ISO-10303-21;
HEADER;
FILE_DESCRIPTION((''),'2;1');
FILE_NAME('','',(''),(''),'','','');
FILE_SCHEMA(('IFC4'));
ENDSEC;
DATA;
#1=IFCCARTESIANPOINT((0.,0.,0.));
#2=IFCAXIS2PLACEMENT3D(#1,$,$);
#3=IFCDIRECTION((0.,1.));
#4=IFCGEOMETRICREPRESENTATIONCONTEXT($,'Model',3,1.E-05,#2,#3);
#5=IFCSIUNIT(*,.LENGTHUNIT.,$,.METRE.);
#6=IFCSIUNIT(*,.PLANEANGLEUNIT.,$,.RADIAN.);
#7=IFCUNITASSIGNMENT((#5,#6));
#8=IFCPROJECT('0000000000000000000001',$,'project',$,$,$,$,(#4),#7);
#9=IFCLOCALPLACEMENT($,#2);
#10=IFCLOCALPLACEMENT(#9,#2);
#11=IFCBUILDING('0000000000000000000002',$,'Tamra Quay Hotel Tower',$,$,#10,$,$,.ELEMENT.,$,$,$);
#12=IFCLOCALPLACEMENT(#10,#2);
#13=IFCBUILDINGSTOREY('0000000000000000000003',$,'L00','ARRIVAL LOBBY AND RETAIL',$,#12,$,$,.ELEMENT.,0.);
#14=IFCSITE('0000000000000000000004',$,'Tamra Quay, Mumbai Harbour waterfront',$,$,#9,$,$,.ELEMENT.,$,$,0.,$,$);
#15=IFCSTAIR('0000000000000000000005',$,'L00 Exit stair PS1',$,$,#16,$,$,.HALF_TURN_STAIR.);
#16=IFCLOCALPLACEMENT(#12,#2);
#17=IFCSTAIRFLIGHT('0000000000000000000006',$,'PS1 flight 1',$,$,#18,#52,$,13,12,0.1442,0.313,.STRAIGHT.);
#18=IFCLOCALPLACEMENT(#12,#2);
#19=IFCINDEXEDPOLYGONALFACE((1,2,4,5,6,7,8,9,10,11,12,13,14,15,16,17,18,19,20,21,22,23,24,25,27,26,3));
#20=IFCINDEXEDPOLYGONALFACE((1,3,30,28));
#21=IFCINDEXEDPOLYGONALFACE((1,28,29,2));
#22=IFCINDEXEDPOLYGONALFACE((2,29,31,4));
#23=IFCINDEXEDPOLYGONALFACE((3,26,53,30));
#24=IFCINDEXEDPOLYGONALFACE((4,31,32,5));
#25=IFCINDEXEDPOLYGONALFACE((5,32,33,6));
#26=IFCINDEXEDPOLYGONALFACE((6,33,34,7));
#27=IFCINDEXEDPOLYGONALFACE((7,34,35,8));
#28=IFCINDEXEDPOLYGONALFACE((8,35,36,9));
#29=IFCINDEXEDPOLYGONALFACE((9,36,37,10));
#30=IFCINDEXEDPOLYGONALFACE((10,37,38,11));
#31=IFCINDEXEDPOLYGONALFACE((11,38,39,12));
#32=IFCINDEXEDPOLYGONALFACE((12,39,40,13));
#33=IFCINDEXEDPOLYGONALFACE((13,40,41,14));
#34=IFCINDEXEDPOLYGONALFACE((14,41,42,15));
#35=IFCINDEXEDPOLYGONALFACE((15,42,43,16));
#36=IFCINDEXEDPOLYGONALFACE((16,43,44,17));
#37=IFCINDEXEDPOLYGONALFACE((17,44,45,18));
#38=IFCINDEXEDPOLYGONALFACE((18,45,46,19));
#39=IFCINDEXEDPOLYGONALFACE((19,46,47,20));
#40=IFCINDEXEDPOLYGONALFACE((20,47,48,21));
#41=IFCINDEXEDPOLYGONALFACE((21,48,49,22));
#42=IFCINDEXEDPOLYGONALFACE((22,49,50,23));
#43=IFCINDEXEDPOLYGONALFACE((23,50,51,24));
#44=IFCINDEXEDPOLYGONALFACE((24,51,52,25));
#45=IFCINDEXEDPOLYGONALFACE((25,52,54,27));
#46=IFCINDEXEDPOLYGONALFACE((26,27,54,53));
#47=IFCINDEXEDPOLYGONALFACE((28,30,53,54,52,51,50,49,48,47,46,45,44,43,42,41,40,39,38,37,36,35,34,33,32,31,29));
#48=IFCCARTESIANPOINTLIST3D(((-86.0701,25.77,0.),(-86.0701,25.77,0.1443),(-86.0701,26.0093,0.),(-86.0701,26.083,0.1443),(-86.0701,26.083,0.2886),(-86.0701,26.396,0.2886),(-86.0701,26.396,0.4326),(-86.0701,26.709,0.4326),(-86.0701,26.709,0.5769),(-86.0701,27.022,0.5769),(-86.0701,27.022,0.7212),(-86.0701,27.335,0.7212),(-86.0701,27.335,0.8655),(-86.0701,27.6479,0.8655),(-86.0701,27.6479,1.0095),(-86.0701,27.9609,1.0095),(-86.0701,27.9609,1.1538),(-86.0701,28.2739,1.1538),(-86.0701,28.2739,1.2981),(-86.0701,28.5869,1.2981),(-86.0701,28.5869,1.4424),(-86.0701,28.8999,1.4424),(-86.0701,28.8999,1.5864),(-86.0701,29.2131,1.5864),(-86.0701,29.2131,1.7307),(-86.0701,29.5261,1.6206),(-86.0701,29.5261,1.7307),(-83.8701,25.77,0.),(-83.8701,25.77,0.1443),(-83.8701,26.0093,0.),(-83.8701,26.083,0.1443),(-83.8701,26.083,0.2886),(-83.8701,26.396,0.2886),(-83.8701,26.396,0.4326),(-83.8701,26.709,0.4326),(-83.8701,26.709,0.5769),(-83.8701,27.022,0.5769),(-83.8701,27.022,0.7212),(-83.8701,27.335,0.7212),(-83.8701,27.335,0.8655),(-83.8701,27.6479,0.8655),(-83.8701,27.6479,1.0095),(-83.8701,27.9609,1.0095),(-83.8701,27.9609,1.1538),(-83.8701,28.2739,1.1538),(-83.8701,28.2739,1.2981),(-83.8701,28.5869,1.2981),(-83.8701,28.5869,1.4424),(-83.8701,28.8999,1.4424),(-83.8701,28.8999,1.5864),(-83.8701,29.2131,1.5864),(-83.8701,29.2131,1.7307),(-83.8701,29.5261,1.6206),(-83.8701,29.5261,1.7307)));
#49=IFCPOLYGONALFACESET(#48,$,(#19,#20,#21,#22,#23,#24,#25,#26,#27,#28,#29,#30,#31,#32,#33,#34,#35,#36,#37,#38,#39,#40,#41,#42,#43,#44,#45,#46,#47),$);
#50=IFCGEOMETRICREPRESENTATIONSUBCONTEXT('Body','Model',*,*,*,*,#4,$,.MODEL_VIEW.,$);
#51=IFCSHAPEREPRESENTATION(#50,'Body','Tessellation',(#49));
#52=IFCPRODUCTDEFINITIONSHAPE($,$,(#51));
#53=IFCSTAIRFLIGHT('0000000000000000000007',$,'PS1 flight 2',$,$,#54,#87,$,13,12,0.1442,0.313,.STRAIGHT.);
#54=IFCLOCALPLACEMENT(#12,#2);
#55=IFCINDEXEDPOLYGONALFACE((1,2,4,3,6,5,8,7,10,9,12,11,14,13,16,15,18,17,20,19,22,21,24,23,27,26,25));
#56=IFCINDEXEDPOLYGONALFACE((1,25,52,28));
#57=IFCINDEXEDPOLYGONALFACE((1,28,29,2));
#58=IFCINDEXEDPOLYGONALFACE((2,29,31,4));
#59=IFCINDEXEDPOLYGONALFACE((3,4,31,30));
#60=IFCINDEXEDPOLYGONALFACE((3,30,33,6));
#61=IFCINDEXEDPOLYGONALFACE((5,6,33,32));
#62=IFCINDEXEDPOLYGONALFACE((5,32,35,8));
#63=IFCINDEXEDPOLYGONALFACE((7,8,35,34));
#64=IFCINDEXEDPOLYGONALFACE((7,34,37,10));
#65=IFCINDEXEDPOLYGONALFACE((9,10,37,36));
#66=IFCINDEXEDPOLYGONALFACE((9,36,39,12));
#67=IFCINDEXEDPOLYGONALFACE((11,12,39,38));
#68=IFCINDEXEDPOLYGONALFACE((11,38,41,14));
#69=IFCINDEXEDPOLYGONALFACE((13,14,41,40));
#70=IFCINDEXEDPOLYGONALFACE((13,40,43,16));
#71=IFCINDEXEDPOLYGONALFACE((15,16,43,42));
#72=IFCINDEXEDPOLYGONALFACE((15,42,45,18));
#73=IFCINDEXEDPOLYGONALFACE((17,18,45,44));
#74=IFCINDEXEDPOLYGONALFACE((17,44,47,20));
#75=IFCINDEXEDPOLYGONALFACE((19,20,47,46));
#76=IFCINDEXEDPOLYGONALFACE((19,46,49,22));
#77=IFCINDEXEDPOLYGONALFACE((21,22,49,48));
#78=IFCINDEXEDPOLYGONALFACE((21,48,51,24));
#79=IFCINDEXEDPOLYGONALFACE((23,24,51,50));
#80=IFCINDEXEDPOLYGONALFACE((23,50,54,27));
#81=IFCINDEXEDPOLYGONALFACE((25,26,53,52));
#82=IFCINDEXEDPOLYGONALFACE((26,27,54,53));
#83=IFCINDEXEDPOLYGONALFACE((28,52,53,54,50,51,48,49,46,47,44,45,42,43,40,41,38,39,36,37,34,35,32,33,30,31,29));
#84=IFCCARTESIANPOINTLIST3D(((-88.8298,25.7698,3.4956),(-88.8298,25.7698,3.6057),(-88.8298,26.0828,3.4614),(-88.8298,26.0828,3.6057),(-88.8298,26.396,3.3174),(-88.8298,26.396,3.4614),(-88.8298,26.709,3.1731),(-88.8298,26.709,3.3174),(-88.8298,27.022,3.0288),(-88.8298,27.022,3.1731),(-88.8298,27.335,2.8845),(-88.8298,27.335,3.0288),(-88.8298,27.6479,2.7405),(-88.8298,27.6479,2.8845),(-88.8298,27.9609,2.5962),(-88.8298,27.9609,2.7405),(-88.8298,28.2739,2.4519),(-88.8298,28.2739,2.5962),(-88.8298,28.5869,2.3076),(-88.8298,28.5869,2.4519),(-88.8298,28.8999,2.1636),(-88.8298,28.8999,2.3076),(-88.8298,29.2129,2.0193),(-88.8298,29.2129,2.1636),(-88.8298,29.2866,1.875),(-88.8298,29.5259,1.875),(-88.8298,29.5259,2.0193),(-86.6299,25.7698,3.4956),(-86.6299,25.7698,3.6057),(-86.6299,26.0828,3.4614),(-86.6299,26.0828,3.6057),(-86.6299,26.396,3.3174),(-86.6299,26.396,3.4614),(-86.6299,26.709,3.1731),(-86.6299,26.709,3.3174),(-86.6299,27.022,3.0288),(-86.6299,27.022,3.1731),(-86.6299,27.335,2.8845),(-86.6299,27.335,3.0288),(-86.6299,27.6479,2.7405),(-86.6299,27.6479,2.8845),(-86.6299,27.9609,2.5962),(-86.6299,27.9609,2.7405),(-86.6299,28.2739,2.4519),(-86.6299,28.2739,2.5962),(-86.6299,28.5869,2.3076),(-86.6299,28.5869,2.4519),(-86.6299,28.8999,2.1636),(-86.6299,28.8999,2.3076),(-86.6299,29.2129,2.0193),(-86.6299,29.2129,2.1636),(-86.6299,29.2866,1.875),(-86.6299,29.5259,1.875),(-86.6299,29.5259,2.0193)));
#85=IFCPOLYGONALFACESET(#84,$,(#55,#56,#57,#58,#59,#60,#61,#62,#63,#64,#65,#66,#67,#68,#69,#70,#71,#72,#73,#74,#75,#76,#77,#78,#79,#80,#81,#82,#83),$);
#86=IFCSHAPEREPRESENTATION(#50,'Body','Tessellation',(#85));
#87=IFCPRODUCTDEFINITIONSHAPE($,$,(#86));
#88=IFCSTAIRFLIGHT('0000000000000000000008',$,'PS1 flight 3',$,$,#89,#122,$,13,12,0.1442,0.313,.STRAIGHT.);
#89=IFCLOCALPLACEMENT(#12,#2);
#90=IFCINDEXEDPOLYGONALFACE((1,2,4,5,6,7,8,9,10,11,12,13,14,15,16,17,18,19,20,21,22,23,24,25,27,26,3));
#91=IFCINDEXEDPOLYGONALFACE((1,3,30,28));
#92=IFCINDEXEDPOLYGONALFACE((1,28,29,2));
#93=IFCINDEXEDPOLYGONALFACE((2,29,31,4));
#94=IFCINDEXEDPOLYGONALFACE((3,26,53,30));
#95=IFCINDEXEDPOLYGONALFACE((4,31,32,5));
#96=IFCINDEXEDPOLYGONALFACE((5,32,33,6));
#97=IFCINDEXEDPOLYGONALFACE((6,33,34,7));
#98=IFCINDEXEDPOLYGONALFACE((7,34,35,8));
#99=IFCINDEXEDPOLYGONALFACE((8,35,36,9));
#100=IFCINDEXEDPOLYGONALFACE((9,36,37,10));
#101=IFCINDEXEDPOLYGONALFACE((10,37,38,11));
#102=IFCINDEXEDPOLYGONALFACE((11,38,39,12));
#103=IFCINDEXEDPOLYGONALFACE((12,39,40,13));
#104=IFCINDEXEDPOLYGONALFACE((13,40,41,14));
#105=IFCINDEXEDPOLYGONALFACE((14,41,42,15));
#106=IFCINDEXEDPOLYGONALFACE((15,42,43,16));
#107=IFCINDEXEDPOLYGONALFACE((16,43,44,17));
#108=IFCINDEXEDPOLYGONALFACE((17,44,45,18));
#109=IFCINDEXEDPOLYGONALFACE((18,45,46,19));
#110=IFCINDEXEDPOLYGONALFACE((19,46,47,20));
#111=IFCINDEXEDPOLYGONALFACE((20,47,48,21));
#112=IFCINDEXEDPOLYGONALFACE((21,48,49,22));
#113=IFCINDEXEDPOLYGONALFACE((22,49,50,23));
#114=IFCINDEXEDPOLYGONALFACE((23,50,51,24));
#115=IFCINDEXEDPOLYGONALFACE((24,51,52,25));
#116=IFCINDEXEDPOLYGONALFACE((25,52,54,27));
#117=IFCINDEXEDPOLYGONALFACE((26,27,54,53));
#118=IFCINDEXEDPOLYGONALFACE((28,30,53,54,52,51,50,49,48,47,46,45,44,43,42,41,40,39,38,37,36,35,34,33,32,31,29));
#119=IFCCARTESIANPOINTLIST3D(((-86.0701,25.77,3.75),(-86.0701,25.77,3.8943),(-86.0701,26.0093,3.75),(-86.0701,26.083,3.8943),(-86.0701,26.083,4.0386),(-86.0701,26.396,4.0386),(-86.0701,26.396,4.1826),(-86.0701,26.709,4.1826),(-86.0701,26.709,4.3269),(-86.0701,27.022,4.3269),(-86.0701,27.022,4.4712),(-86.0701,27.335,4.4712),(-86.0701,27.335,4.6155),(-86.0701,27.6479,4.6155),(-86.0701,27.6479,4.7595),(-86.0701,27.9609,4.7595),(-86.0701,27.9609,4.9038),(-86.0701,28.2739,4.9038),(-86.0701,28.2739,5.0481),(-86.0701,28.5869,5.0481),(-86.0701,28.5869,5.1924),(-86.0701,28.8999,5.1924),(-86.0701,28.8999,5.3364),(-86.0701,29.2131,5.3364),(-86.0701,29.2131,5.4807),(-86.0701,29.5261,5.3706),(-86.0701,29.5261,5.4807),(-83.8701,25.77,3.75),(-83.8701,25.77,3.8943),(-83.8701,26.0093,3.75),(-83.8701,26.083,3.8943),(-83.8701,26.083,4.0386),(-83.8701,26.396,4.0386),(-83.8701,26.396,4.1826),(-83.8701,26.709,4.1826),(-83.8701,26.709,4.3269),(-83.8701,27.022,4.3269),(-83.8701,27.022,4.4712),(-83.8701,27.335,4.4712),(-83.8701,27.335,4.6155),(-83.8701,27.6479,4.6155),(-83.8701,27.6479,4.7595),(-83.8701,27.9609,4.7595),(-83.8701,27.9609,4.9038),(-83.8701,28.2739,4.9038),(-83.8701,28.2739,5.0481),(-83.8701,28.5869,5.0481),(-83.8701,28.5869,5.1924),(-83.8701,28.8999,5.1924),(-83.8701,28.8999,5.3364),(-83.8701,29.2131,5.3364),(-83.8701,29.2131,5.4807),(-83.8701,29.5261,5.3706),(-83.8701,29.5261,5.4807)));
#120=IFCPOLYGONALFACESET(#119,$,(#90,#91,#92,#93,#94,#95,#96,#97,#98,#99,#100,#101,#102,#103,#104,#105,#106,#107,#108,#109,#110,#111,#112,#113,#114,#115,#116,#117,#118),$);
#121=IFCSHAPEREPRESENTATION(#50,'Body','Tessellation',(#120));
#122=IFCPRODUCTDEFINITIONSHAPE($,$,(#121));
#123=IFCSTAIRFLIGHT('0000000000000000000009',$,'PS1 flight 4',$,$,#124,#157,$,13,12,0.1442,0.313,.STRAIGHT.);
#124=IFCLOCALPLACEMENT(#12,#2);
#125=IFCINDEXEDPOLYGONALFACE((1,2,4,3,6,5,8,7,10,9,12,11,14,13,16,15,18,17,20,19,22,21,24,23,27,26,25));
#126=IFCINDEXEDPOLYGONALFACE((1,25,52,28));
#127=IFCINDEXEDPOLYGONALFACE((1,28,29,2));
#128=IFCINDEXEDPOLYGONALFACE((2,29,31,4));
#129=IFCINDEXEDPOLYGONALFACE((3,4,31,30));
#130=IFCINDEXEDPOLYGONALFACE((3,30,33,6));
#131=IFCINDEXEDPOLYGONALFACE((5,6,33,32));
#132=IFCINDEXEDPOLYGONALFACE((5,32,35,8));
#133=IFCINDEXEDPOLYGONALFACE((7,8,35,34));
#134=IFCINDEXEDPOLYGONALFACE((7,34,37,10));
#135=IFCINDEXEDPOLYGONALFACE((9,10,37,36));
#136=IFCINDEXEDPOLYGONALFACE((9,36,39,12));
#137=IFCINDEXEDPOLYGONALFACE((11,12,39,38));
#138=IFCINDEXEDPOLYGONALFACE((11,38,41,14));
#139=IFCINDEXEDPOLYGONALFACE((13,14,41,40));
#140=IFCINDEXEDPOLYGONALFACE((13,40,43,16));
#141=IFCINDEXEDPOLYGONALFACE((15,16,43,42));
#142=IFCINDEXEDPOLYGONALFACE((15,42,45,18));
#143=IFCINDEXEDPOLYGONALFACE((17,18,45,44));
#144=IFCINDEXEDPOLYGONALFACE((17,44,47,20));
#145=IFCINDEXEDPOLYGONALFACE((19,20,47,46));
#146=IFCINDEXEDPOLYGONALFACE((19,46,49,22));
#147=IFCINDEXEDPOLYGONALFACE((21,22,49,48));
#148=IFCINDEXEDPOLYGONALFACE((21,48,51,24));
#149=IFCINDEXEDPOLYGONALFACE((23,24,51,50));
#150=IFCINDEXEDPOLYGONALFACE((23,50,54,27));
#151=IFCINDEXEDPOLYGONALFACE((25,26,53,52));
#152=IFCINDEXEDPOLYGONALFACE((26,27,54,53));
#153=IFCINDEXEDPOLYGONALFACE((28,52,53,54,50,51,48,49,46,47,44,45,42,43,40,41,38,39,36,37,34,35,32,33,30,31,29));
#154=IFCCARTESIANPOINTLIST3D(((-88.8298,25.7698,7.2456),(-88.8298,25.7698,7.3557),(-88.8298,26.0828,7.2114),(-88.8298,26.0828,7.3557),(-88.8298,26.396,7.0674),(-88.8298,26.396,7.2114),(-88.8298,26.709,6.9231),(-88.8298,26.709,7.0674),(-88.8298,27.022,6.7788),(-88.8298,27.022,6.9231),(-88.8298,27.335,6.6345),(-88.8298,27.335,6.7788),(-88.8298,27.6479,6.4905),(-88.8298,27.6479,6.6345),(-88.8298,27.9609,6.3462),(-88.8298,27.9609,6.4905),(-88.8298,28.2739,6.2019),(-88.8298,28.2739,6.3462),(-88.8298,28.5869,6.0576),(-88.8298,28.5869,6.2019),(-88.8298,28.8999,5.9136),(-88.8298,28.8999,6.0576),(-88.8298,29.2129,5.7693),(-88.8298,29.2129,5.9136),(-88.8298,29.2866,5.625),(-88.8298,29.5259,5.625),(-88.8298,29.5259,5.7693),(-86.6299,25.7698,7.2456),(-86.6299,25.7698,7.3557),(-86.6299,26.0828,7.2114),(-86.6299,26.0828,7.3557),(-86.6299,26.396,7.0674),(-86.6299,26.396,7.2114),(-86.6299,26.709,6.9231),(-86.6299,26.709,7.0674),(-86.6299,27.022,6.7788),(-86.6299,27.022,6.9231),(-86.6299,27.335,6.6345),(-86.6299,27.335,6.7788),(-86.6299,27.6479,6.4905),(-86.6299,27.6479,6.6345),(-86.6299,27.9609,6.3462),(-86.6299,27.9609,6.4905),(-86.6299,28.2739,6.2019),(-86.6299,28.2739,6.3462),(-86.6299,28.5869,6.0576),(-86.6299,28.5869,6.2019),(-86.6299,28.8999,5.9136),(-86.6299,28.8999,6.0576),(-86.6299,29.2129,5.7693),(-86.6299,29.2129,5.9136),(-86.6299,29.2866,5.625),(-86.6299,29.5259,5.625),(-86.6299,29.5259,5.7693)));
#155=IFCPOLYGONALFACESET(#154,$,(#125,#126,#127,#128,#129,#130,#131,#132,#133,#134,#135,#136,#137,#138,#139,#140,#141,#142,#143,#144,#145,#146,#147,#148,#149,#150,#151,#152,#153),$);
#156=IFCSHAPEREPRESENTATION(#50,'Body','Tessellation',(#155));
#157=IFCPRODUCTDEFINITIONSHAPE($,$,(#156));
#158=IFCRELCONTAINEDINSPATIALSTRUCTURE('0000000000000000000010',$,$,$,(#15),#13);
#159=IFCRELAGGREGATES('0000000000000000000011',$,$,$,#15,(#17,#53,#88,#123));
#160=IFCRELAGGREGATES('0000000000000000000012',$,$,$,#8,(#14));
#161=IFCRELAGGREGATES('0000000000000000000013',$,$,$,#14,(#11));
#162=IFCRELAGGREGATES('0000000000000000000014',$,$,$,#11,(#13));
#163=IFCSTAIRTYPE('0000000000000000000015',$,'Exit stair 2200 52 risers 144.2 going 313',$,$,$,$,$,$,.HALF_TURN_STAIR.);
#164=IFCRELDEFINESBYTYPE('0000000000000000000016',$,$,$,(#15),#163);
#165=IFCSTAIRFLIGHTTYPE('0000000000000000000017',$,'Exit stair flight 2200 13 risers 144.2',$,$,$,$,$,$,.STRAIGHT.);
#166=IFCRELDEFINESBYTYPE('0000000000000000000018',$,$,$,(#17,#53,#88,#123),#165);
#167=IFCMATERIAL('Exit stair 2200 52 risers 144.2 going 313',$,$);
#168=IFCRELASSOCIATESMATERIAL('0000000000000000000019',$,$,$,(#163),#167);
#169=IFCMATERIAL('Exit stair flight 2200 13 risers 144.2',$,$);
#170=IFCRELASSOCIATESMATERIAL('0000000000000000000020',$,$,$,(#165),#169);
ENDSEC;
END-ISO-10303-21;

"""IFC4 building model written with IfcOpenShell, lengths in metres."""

from ifc_helpers import new_model, si_unit, direction, frame, origin, place, context, subcontext, project, spatial, polyline, outline, extrude, material, type_object, element, aggregate, save


model = new_model("IFC4")

# Units and contexts
model_context = context("Model", 3, precision=1e-05, world=origin(), true_north=direction((0.0, 1.0)))
body_context = subcontext(model_context, "Body", "Model", "MODEL_VIEW")
ifc_project = project(units=[si_unit("LENGTHUNIT", "METRE"), si_unit("PLANEANGLEUNIT", "RADIAN")], contexts=[model_context])

# Site, building, storey
site_placement = place(None, origin())
site = spatial("IfcSite", under=ifc_project, at=site_placement, Name="Tamra Quay, Mumbai Harbour waterfront", CompositionType="ELEMENT", RefElevation=0.0)
building_placement = place(site_placement, origin())
building = spatial("IfcBuilding", under=site, at=building_placement, Name="Tamra Quay Hotel Tower", CompositionType="ELEMENT")
storey_placement = place(building_placement, origin())
storey = spatial("IfcBuildingStorey", under=building, at=storey_placement, Name="L00", Description="ARRIVAL LOBBY AND RETAIL", CompositionType="ELEMENT", Elevation=0.0)

# Stair, stair flights
ifc_material_1 = material(Name="Exit stair 2200 52 risers 144.2 going 313")
stair_type = type_object("IfcStairType", Name="Exit stair 2200 52 risers 144.2 going 313", PredefinedType="HALF_TURN_STAIR", material=ifc_material_1)
stair_placement = place(storey_placement, origin())
stair = element("IfcStair", 1, at=stair_placement, inside=storey, type_object=stair_type, Name="L00 Exit stair PS1", PredefinedType="HALF_TURN_STAIR")
ifc_material_2 = material(Name="Exit stair flight 2200 13 risers 144.2")
stair_flight_type = type_object("IfcStairFlightType", Name="Exit stair flight 2200 13 risers 144.2", PredefinedType="STRAIGHT", material=ifc_material_2)
stair_flight_1_placement = place(storey_placement, frame((-84.97, 25.77, 0.0), z_axis=(0.0, 0.0, 1.0), x_axis=(0.0, 1.0, 0.0)))
stair_flight_1 = element("IfcStairFlight", 2, at=stair_flight_1_placement, type_object=stair_flight_type, Name="PS1 flight 1", NumberOfRisers=13, NumberOfTreads=12, PredefinedType="STRAIGHT", RiserHeight=0.1442, TreadLength=0.313, context=body_context, shape_type="SweptSolid", body=[
    extrude(outline(polyline([(0.0, 0.0), (0.0, 0.1443), (0.313, 0.1443), (0.313, 0.2886), (0.626, 0.2886), (0.626, 0.4326), (0.939, 0.4326), (0.939, 0.5769), (1.252, 0.5769), (1.252, 0.7212), (1.5649, 0.7212), (1.5649, 0.8655), (1.8779, 0.8655), (1.8779, 1.0095), (2.1909, 1.0095), (2.1909, 1.1538), (2.5039, 1.1538), (2.5039, 1.2981), (2.8169, 1.2981), (2.8169, 1.4424), (3.1299, 1.4424), (3.1299, 1.5864), (3.4431, 1.5864), (3.4431, 1.7307), (3.7561, 1.7307), (3.7561, 1.875), (3.7561, 1.6206), (0.2393, 0.0), (0.0, 0.0)])), frame((0.0, 1.1001, 0.0), z_axis=(0.0, -1.0, 0.0), x_axis=(1.0, 0.0, 0.0)), (0.0, 0.0, 1.0), 2.2),
])
stair_flight_2_placement = place(storey_placement, frame((-87.73, 29.5259, 1.875), z_axis=(0.0, 0.0, 1.0), x_axis=(0.0, -1.0, 0.0)))
stair_flight_2 = element("IfcStairFlight", 3, at=stair_flight_2_placement, type_object=stair_flight_type, Name="PS1 flight 2", NumberOfRisers=13, NumberOfTreads=12, PredefinedType="STRAIGHT", RiserHeight=0.1442, TreadLength=0.313, context=body_context, shape_type="SweptSolid", body=[
    extrude(outline(polyline([(0.0, 0.0), (0.0, 0.1443), (0.313, 0.1443), (0.313, 0.2886), (0.626, 0.2886), (0.626, 0.4326), (0.939, 0.4326), (0.939, 0.5769), (1.252, 0.5769), (1.252, 0.7212), (1.5649, 0.7212), (1.5649, 0.8655), (1.8779, 0.8655), (1.8779, 1.0095), (2.1909, 1.0095), (2.1909, 1.1538), (2.5039, 1.1538), (2.5039, 1.2981), (2.8169, 1.2981), (2.8169, 1.4424), (3.1299, 1.4424), (3.1299, 1.5864), (3.4431, 1.5864), (3.4431, 1.7307), (3.7561, 1.7307), (3.7561, 1.875), (3.7561, 1.6206), (0.2393, 0.0), (0.0, 0.0)])), frame((0.0, 1.1001, 0.0), z_axis=(0.0, -1.0, 0.0), x_axis=(1.0, 0.0, 0.0)), (0.0, 0.0, 1.0), 2.2),
])
stair_flight_3_placement = place(storey_placement, frame((-84.97, 25.77, 3.75), z_axis=(0.0, 0.0, 1.0), x_axis=(0.0, 1.0, 0.0)))
stair_flight_3 = element("IfcStairFlight", 4, at=stair_flight_3_placement, type_object=stair_flight_type, Name="PS1 flight 3", NumberOfRisers=13, NumberOfTreads=12, PredefinedType="STRAIGHT", RiserHeight=0.1442, TreadLength=0.313, context=body_context, shape_type="SweptSolid", body=[
    extrude(outline(polyline([(0.0, 0.0), (0.0, 0.1443), (0.313, 0.1443), (0.313, 0.2886), (0.626, 0.2886), (0.626, 0.4326), (0.939, 0.4326), (0.939, 0.5769), (1.252, 0.5769), (1.252, 0.7212), (1.5649, 0.7212), (1.5649, 0.8655), (1.8779, 0.8655), (1.8779, 1.0095), (2.1909, 1.0095), (2.1909, 1.1538), (2.5039, 1.1538), (2.5039, 1.2981), (2.8169, 1.2981), (2.8169, 1.4424), (3.1299, 1.4424), (3.1299, 1.5864), (3.4431, 1.5864), (3.4431, 1.7307), (3.7561, 1.7307), (3.7561, 1.875), (3.7561, 1.6206), (0.2393, 0.0), (0.0, 0.0)])), frame((0.0, 1.1001, 0.0), z_axis=(0.0, -1.0, 0.0), x_axis=(1.0, 0.0, 0.0)), (0.0, 0.0, 1.0), 2.2),
])
stair_flight_4_placement = place(storey_placement, frame((-87.73, 29.5259, 5.625), z_axis=(0.0, 0.0, 1.0), x_axis=(0.0, -1.0, 0.0)))
stair_flight_4 = element("IfcStairFlight", 5, at=stair_flight_4_placement, type_object=stair_flight_type, Name="PS1 flight 4", NumberOfRisers=13, NumberOfTreads=12, PredefinedType="STRAIGHT", RiserHeight=0.1442, TreadLength=0.313, context=body_context, shape_type="SweptSolid", body=[
    extrude(outline(polyline([(0.0, 0.0), (0.0, 0.1443), (0.313, 0.1443), (0.313, 0.2886), (0.626, 0.2886), (0.626, 0.4326), (0.939, 0.4326), (0.939, 0.5769), (1.252, 0.5769), (1.252, 0.7212), (1.5649, 0.7212), (1.5649, 0.8655), (1.8779, 0.8655), (1.8779, 1.0095), (2.1909, 1.0095), (2.1909, 1.1538), (2.5039, 1.1538), (2.5039, 1.2981), (2.8169, 1.2981), (2.8169, 1.4424), (3.1299, 1.4424), (3.1299, 1.5864), (3.4431, 1.5864), (3.4431, 1.7307), (3.7561, 1.7307), (3.7561, 1.875), (3.7561, 1.6206), (0.2393, 0.0), (0.0, 0.0)])), frame((0.0, 1.1001, 0.0), z_axis=(0.0, -1.0, 0.0), x_axis=(1.0, 0.0, 0.0)), (0.0, 0.0, 1.0), 2.2),
])
aggregate(stair, [stair_flight_1, stair_flight_2, stair_flight_3, stair_flight_4])

save(model, "model.ifc")
